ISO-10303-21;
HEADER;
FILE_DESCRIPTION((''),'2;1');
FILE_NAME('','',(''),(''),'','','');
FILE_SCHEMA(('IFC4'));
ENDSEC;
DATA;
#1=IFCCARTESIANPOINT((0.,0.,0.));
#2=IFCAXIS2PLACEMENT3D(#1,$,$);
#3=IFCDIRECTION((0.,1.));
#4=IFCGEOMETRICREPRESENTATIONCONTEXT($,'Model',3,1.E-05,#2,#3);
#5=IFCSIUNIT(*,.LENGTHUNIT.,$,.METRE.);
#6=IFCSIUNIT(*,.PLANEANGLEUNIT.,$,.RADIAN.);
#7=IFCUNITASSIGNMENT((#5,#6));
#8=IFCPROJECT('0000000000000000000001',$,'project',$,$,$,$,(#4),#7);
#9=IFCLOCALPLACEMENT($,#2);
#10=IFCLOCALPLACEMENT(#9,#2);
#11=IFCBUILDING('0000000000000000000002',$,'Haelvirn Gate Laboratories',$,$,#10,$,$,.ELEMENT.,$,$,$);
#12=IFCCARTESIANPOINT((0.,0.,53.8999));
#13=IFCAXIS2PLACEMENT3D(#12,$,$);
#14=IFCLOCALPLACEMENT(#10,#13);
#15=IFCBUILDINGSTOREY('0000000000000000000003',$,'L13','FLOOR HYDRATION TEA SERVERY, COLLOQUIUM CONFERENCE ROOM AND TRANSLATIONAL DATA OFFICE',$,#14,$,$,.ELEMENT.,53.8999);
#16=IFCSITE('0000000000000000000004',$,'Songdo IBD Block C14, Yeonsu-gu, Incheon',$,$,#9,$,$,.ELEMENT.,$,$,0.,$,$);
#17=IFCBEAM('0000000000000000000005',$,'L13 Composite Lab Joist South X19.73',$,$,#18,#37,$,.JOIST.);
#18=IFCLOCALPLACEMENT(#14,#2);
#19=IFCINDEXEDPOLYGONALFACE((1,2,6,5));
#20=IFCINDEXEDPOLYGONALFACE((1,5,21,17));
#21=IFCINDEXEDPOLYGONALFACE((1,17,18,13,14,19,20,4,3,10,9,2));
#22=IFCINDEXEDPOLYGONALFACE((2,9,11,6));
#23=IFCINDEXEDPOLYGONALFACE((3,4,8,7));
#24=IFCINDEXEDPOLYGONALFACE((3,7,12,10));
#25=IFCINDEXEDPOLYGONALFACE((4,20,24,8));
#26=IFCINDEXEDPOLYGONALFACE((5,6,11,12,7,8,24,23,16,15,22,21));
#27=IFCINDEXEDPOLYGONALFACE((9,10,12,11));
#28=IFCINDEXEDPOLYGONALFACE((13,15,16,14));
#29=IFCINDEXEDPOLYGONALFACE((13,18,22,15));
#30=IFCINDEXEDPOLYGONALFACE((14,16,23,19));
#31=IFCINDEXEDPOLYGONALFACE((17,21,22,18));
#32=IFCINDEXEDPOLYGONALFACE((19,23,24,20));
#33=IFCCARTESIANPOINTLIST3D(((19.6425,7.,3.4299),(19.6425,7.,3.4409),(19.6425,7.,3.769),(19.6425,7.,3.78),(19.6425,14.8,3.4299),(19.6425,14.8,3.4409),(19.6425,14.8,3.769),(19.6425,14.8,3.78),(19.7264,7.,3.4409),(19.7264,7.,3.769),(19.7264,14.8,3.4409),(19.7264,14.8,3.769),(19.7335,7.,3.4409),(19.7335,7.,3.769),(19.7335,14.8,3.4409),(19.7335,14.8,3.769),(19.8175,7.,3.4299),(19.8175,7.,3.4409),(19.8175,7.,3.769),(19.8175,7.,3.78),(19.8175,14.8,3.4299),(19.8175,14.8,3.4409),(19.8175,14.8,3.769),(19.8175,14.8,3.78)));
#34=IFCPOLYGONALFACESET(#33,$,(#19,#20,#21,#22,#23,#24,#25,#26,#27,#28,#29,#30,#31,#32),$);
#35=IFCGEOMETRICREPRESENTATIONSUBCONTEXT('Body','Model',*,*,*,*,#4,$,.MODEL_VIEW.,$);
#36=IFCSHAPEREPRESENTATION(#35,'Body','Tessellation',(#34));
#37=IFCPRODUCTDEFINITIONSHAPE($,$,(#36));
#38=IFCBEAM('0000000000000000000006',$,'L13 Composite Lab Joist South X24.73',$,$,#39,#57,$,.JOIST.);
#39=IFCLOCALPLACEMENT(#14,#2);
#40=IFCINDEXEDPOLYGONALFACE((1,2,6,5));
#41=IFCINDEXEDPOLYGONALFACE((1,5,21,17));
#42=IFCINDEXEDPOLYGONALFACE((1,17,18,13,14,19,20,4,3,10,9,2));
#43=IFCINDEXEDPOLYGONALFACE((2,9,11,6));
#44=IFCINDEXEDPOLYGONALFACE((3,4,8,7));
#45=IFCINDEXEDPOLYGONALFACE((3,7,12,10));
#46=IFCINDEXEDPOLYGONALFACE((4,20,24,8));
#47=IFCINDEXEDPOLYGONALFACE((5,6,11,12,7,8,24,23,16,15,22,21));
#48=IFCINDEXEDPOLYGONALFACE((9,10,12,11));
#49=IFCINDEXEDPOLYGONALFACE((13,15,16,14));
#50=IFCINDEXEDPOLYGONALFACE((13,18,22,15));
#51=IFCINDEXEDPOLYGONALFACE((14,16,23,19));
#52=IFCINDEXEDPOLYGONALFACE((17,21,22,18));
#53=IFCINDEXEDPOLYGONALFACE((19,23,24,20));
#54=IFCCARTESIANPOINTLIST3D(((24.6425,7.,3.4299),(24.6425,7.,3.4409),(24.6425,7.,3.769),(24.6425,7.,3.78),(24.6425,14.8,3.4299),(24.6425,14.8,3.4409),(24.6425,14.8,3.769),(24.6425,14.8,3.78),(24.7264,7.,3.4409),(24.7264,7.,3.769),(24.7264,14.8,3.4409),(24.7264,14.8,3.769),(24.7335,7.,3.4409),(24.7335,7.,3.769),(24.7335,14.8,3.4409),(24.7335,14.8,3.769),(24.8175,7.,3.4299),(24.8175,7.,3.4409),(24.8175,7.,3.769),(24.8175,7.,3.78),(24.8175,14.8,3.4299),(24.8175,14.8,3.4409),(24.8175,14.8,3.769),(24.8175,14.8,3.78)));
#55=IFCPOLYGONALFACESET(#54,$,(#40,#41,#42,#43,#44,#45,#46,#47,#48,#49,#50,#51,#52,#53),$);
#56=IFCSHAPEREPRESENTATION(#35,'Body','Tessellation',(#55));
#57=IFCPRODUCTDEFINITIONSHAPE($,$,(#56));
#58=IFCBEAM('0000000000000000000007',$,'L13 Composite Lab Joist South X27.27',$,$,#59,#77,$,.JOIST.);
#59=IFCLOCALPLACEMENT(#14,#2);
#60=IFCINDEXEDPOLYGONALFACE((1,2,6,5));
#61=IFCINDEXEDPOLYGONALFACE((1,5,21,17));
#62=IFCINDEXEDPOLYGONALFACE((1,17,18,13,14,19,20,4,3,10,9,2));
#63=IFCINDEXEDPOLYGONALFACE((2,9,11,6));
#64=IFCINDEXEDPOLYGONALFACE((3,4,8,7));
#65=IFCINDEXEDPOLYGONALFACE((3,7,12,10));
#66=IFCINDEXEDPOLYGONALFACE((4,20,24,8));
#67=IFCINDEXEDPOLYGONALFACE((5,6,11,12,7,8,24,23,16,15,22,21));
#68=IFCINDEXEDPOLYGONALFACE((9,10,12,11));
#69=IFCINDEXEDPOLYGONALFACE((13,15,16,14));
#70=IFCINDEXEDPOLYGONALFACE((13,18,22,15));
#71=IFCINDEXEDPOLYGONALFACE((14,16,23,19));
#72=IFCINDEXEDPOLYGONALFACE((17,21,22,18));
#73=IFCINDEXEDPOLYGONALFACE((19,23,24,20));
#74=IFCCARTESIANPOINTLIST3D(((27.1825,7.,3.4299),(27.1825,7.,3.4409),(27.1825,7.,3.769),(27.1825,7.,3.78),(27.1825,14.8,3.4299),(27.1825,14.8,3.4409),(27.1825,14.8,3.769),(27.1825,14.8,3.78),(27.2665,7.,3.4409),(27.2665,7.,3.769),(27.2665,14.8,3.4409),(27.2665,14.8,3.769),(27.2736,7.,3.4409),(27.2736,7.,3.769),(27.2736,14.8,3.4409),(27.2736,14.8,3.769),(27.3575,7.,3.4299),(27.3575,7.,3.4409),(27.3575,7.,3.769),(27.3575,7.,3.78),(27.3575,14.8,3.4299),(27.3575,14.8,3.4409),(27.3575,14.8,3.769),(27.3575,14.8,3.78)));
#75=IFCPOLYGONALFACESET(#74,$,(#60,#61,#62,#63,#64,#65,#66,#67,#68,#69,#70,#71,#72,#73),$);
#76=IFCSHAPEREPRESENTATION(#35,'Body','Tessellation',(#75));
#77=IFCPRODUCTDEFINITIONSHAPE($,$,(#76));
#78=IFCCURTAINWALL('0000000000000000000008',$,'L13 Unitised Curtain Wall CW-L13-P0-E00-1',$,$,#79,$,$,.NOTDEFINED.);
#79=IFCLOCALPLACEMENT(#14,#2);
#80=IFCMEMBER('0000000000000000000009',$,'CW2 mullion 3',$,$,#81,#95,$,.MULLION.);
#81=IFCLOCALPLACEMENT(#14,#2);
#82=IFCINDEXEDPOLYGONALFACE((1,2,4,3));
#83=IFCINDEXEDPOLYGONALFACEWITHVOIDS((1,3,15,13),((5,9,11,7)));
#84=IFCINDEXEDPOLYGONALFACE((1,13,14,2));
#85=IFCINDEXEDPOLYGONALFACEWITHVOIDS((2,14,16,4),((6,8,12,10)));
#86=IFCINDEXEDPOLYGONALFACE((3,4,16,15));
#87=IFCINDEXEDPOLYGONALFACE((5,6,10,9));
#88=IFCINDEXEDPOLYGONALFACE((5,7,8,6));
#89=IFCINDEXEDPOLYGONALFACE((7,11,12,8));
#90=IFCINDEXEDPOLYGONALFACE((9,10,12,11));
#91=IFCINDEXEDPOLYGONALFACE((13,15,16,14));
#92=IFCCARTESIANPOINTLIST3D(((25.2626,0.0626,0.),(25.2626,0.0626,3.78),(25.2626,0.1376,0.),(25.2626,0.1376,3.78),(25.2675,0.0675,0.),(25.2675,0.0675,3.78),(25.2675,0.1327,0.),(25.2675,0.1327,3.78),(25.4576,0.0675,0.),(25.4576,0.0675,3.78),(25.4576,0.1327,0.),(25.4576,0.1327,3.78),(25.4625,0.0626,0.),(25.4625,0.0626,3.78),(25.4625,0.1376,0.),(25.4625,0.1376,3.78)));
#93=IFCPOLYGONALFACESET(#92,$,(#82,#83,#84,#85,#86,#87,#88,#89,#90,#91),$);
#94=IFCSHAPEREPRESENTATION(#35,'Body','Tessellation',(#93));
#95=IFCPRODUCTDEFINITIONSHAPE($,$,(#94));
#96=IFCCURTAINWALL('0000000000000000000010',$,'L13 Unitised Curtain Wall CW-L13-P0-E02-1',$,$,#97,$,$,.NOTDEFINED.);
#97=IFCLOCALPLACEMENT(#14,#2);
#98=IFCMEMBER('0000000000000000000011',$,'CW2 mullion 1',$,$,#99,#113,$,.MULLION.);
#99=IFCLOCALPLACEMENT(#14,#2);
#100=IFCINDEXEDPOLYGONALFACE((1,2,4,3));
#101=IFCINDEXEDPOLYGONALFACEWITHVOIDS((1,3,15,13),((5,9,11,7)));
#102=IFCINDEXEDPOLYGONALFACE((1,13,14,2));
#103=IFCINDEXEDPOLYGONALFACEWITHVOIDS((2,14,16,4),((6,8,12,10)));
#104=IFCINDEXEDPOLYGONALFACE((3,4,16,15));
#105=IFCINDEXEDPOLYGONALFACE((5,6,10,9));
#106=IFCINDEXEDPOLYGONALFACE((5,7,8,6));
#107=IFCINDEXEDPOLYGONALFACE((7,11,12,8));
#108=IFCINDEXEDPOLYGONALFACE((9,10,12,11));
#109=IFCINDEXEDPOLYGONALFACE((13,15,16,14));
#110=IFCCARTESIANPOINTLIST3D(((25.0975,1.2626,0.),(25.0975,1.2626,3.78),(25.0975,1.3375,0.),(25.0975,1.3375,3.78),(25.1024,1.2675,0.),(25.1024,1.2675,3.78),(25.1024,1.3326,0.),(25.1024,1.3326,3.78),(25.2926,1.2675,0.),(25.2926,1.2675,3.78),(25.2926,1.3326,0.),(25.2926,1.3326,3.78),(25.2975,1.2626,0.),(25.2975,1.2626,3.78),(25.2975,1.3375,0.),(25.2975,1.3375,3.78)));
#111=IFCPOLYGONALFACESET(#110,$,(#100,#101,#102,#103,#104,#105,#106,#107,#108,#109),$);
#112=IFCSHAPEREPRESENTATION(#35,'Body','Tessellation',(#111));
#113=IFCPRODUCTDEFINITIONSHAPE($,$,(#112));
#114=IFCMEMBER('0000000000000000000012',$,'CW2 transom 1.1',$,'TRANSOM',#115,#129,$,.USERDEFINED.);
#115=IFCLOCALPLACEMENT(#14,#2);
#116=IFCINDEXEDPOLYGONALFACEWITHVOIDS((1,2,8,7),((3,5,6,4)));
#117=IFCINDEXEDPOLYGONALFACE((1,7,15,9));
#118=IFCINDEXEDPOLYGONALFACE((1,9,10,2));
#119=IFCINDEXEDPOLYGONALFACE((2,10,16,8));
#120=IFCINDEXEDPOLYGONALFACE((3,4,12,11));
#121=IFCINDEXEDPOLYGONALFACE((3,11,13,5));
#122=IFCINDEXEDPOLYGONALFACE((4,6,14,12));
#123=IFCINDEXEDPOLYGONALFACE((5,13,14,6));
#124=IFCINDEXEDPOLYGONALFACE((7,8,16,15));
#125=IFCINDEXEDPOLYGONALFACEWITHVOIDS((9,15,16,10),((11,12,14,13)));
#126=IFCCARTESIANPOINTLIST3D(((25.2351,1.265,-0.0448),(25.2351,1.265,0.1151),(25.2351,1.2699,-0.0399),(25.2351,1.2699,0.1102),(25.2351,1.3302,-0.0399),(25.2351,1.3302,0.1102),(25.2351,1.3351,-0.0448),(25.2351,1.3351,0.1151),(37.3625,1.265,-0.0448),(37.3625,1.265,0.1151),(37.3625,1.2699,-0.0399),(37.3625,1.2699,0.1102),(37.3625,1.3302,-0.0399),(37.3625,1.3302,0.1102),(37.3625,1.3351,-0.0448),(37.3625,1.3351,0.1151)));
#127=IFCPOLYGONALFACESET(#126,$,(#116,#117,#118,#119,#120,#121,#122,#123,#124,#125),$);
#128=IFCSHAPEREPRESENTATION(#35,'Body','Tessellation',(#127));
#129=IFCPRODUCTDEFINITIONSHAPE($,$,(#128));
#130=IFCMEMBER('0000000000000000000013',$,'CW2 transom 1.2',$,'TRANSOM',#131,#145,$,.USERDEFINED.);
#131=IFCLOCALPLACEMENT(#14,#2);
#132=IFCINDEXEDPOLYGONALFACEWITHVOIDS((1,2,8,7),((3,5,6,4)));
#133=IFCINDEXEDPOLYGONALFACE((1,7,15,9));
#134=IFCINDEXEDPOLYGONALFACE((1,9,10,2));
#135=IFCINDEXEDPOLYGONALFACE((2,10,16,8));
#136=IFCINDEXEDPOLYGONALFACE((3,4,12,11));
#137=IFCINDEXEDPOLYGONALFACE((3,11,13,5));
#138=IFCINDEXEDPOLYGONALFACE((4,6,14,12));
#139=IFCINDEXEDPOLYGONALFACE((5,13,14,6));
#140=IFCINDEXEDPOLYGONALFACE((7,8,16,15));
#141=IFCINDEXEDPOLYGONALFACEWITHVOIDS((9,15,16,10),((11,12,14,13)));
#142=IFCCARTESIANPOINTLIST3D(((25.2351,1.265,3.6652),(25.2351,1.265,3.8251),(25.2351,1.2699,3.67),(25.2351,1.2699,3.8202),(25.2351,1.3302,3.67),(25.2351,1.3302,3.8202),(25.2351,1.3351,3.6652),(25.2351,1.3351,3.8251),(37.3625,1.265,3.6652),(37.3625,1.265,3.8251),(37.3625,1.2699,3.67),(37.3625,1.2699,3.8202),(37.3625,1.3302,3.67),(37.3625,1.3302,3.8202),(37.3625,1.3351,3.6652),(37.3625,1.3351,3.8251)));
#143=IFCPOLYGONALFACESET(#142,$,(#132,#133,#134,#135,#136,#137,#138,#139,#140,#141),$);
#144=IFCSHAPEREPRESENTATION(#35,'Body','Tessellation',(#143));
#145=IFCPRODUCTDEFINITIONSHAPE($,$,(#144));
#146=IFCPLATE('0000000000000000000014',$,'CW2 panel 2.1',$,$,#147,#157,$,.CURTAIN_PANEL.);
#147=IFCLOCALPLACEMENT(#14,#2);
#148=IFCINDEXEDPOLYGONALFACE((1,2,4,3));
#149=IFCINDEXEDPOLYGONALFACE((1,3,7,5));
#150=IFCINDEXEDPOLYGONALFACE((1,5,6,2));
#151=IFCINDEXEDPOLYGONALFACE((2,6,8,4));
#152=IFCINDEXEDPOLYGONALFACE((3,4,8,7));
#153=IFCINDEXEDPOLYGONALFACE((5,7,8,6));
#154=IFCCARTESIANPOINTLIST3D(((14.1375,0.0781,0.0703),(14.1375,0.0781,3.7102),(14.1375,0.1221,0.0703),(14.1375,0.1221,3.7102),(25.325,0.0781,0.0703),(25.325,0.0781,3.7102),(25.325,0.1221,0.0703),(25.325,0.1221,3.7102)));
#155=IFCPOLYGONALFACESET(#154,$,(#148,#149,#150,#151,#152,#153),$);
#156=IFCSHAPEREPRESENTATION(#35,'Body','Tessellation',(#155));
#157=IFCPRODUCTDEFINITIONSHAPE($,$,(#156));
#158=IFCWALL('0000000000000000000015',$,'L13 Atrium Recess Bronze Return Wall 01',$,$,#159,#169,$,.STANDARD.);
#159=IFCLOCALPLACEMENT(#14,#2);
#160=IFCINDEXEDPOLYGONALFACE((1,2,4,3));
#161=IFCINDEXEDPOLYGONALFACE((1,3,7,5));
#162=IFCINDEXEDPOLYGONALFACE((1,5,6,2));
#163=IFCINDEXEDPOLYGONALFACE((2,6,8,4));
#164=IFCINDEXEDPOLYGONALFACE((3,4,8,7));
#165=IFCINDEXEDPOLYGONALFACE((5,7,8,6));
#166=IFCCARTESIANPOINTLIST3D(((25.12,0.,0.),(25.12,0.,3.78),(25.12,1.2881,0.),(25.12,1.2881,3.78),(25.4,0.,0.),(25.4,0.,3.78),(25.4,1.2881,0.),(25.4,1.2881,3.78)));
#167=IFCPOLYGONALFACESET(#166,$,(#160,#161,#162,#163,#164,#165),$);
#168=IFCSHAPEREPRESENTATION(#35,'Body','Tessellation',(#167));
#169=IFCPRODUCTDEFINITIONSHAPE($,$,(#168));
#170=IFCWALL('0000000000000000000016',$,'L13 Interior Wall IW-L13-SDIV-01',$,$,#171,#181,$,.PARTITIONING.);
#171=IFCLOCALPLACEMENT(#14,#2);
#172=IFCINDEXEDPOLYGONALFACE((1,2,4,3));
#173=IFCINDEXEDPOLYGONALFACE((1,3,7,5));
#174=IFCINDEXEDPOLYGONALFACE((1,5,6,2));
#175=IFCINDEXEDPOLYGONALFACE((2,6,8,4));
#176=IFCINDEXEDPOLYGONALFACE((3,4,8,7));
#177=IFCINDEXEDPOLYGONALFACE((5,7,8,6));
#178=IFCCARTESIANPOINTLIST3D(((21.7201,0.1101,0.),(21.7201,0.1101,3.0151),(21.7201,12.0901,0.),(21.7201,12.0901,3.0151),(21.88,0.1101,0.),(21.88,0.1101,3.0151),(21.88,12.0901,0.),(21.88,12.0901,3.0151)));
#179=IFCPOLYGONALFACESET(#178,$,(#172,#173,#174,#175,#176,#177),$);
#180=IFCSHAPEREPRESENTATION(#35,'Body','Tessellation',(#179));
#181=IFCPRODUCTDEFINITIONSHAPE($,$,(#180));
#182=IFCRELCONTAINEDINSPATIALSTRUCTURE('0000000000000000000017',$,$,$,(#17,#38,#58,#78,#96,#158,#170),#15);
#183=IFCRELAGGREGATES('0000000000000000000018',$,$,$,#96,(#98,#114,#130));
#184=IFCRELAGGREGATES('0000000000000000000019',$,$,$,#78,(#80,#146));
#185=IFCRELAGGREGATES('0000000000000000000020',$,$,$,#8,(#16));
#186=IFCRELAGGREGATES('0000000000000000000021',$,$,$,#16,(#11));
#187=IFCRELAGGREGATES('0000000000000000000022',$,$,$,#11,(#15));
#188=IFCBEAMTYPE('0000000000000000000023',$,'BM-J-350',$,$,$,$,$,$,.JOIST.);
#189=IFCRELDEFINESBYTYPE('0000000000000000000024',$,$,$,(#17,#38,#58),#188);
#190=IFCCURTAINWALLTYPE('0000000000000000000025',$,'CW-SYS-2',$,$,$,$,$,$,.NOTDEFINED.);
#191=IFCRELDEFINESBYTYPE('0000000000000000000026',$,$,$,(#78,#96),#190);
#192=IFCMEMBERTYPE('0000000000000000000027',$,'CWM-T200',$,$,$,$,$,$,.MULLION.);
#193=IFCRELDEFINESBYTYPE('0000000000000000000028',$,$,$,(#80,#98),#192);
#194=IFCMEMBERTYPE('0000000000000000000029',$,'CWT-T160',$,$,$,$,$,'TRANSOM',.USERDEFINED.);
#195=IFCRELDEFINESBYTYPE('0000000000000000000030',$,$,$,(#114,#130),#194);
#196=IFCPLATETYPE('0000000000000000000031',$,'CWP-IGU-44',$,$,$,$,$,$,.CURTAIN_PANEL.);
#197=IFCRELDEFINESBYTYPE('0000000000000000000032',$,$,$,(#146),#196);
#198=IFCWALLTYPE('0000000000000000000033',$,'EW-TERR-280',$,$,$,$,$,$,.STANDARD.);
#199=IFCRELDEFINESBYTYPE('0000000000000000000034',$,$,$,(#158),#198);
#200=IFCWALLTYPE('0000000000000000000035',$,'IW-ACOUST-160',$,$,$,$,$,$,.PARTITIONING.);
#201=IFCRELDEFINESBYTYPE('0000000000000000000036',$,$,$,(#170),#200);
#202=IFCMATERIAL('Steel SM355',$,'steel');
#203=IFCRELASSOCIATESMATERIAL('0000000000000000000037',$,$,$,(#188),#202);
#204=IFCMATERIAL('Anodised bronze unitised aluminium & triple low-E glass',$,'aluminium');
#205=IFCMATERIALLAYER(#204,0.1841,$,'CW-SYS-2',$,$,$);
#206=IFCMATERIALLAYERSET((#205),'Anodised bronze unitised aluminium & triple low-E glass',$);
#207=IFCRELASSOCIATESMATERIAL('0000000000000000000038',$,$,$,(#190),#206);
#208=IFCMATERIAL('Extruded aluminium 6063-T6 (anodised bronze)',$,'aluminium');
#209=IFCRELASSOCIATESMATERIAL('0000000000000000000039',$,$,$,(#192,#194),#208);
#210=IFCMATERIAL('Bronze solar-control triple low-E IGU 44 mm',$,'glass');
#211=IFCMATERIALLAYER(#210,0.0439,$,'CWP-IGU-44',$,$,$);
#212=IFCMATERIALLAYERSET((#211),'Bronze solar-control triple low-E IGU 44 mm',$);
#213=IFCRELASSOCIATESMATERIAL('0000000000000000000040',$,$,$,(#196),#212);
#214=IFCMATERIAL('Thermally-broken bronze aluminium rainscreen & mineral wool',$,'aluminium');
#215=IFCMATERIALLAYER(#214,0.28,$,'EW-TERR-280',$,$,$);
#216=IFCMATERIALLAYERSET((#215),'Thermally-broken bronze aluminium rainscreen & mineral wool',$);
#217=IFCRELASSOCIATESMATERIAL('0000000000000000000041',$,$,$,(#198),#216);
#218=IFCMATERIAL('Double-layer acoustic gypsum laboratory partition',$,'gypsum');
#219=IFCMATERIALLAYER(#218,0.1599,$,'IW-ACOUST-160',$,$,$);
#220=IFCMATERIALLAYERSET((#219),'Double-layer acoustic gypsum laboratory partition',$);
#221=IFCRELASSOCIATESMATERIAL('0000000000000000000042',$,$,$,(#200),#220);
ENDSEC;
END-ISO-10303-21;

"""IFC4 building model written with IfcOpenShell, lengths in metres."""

from ifc_helpers import new_model, si_unit, direction, frame, frame_2d, origin, origin_2d, place, context, subcontext, project, spatial, rectangle, hollow_rectangle, i_section, extrude, source, transform, mapped, material, layer, layer_set, material_profile, profile_set, type_object, type_shapes, element, aggregate, save


model = new_model("IFC4")

# Units and contexts
model_context = context("Model", 3, precision=1e-05, world=origin(), true_north=direction((0.0, 1.0)))
body_context = subcontext(model_context, "Body", "Model", "MODEL_VIEW")
ifc_project = project(units=[si_unit("LENGTHUNIT", "METRE"), si_unit("PLANEANGLEUNIT", "RADIAN")], contexts=[model_context])

# Site, building, storey
site_placement = place(None, origin())
site = spatial("IfcSite", under=ifc_project, at=site_placement, Name="Songdo IBD Block C14, Yeonsu-gu, Incheon", CompositionType="ELEMENT", RefElevation=0.0)
building_placement = place(site_placement, origin())
building = spatial("IfcBuilding", under=site, at=building_placement, Name="Haelvirn Gate Laboratories", CompositionType="ELEMENT")
storey_placement = place(building_placement, frame((0.0, 0.0, 53.8999)))
storey = spatial("IfcBuildingStorey", under=building, at=storey_placement, Name="L13", Description="FLOOR HYDRATION TEA SERVERY, COLLOQUIUM CONFERENCE ROOM AND TRANSLATIONAL DATA OFFICE", CompositionType="ELEMENT", Elevation=53.8999)

# Beams
ifc_material_1 = material(Name="Steel SM355", Category="steel")
ifc_material_profile_1 = material_profile(ifc_material_1, i_section(OverallWidth=0.175, OverallDepth=0.3501, WebThickness=0.0071, FlangeThickness=0.011, at=origin_2d()), Name="H-350x175x7x11")
ifc_profile_set_1 = profile_set([ifc_material_profile_1], Name="Steel SM355")
beam_type_1 = type_object("IfcBeamType", Name="BM-J-350", PredefinedType="JOIST", material=ifc_profile_set_1)
shared_shape_1 = source(origin(), body_context, "Body", "SweptSolid", [
    extrude(i_section(OverallWidth=0.175, OverallDepth=0.3501, WebThickness=0.0071, FlangeThickness=0.011, at=origin_2d()), origin(), (0.0, 0.0, 1.0), 7.8),
])
type_shapes(beam_type_1, [shared_shape_1])
for number, where, z_axis, x_axis, name in (
    (1, (19.73, 7.0, 3.605), (0.0, 1.0, 0.0), (-1.0, 0.0, 0.0), "L13 Composite Lab Joist South X19.73"),
    (2, (24.73, 7.0, 3.605), (0.0, 1.0, 0.0), (-1.0, 0.0, 0.0), "L13 Composite Lab Joist South X24.73"),
    (3, (27.27, 7.0, 3.605), (0.0, 1.0, 0.0), (-1.0, 0.0, 0.0), "L13 Composite Lab Joist South X27.27"),
):
    element("IfcBeam", number, at=place(storey_placement, frame(where, z_axis=z_axis, x_axis=x_axis)), inside=storey, type_object=beam_type_1, Name=name, PredefinedType="JOIST", context=body_context, shape_type="MappedRepresentation", body=[
        mapped(shared_shape_1, transform((0.0, 0.0, 0.0), scale=1.0)),
    ])

# Curtain wall, member
ifc_material_2 = material(Name="Anodised bronze unitised aluminium & triple low-E glass", Category="aluminium")
ifc_layer_1 = layer(ifc_material_2, 0.1841, Name="CW-SYS-2")
ifc_layer_set_1 = layer_set([ifc_layer_1], Name="Anodised bronze unitised aluminium & triple low-E glass")
curtain_wall_type = type_object("IfcCurtainWallType", Name="CW-SYS-2", PredefinedType="NOTDEFINED", material=ifc_layer_set_1)
curtain_wall_1_placement = place(storey_placement, origin())
curtain_wall_1 = element("IfcCurtainWall", 4, at=curtain_wall_1_placement, inside=storey, type_object=curtain_wall_type, Name="L13 Unitised Curtain Wall CW-L13-P0-E00-1", PredefinedType="NOTDEFINED")
ifc_material_3 = material(Name="Extruded aluminium 6063-T6 (anodised bronze)", Category="aluminium")
ifc_material_profile_2 = material_profile(ifc_material_3, hollow_rectangle(XDim=0.075, YDim=0.2, WallThickness=0.0049, at=origin_2d()), Name="CWM-200x75x5")
ifc_profile_set_2 = profile_set([ifc_material_profile_2], Name="Extruded aluminium 6063-T6 (anodised bronze)")
member_type_1 = type_object("IfcMemberType", Name="CWM-T200", PredefinedType="MULLION", material=ifc_profile_set_2)
shared_shape_2 = source(origin(), body_context, "Body", "SweptSolid", [
    extrude(hollow_rectangle(XDim=0.075, YDim=0.2, WallThickness=0.0049, at=origin_2d()), origin(), (0.0, 0.0, 1.0), 3.78),
])
type_shapes(member_type_1, [shared_shape_2])
member_1_placement = place(storey_placement, frame((25.3625, 0.1001, 0.0), z_axis=(0.0, 0.0, 1.0), x_axis=(0.0, 1.0, 0.0)))
member_1 = element("IfcMember", 5, at=member_1_placement, type_object=member_type_1, Name="CW2 mullion 3", PredefinedType="MULLION", context=body_context, shape_type="MappedRepresentation", body=[
    mapped(shared_shape_2, transform((0.0, 0.0, 0.0), scale=1.0)),
])

# Curtain wall, members
curtain_wall_2_placement = place(storey_placement, origin())
curtain_wall_2 = element("IfcCurtainWall", 6, at=curtain_wall_2_placement, inside=storey, type_object=curtain_wall_type, Name="L13 Unitised Curtain Wall CW-L13-P0-E02-1", PredefinedType="NOTDEFINED")
member_2_placement = place(storey_placement, frame((25.1975, 1.3, 0.0), z_axis=(0.0, 0.0, 1.0), x_axis=(0.0, 1.0, 0.0)))
member_2 = element("IfcMember", 7, at=member_2_placement, type_object=member_type_1, Name="CW2 mullion 1", PredefinedType="MULLION", context=body_context, shape_type="MappedRepresentation", body=[
    mapped(shared_shape_2, transform((0.0, 0.0, 0.0), scale=1.0)),
])
ifc_material_profile_3 = material_profile(ifc_material_3, hollow_rectangle(XDim=0.0701, YDim=0.1599, WallThickness=0.0049, at=origin_2d()), Name="CWT-160x70x5")
ifc_profile_set_3 = profile_set([ifc_material_profile_3], Name="Extruded aluminium 6063-T6 (anodised bronze)")
member_type_2 = type_object("IfcMemberType", Name="CWT-T160", ElementType="TRANSOM", PredefinedType="USERDEFINED", material=ifc_profile_set_3)
shared_shape_3 = source(origin(), body_context, "Body", "SweptSolid", [
    extrude(hollow_rectangle(XDim=0.0701, YDim=0.1599, WallThickness=0.0049, at=origin_2d()), origin(), (0.0, 0.0, 1.0), 12.1274),
])
type_shapes(member_type_2, [shared_shape_3])
member_3_placement = place(storey_placement, frame((25.2351, 1.3, 0.0352), z_axis=(1.0, 0.0, 0.0), x_axis=(0.0, 1.0, 0.0)))
member_3 = element("IfcMember", 8, at=member_3_placement, type_object=member_type_2, Name="CW2 transom 1.1", ObjectType="TRANSOM", PredefinedType="USERDEFINED", context=body_context, shape_type="MappedRepresentation", body=[
    mapped(shared_shape_3, transform((0.0, 0.0, 0.0), scale=1.0)),
])
member_4_placement = place(storey_placement, frame((25.2351, 1.3, 3.7451), z_axis=(1.0, 0.0, 0.0), x_axis=(0.0, 1.0, 0.0)))
member_4 = element("IfcMember", 9, at=member_4_placement, type_object=member_type_2, Name="CW2 transom 1.2", ObjectType="TRANSOM", PredefinedType="USERDEFINED", context=body_context, shape_type="MappedRepresentation", body=[
    mapped(shared_shape_3, transform((0.0, 0.0, 0.0), scale=1.0)),
])
aggregate(curtain_wall_2, [member_2, member_3, member_4])

# Plate
ifc_material_4 = material(Name="Bronze solar-control triple low-E IGU 44 mm", Category="glass")
ifc_layer_2 = layer(ifc_material_4, 0.0439, Name="CWP-IGU-44")
ifc_layer_set_2 = layer_set([ifc_layer_2], Name="Bronze solar-control triple low-E IGU 44 mm")
plate_type = type_object("IfcPlateType", Name="CWP-IGU-44", PredefinedType="CURTAIN_PANEL", material=ifc_layer_set_2)
shared_shape_4 = source(origin(), body_context, "Body", "SweptSolid", [
    extrude(rectangle(XDim=11.1875, YDim=0.0439, at=origin_2d()), origin(), (0.0, 0.0, 1.0), 3.6399),
])
type_shapes(plate_type, [shared_shape_4])
plate_placement = place(storey_placement, frame((19.7312, 0.1001, 0.0703), z_axis=(0.0, 0.0, 1.0), x_axis=(1.0, 0.0, 0.0)))
plate = element("IfcPlate", 10, at=plate_placement, type_object=plate_type, Name="CW2 panel 2.1", PredefinedType="CURTAIN_PANEL", context=body_context, shape_type="MappedRepresentation", body=[
    mapped(shared_shape_4, transform((0.0, 0.0, 0.0), scale=1.0)),
])
aggregate(curtain_wall_1, [member_1, plate])

# Walls
ifc_material_5 = material(Name="Thermally-broken bronze aluminium rainscreen & mineral wool", Category="aluminium")
ifc_layer_3 = layer(ifc_material_5, 0.28, Name="EW-TERR-280")
ifc_layer_set_3 = layer_set([ifc_layer_3], Name="Thermally-broken bronze aluminium rainscreen & mineral wool")
wall_type_1 = type_object("IfcWallType", Name="EW-TERR-280", PredefinedType="STANDARD", material=ifc_layer_set_3)
wall_1_placement = place(storey_placement, frame((25.26, 0.0, 0.0), z_axis=(0.0, 0.0, 1.0), x_axis=(0.0, 1.0, 0.0)))
element("IfcWall", 11, at=wall_1_placement, inside=storey, type_object=wall_type_1, Name="L13 Atrium Recess Bronze Return Wall 01", PredefinedType="STANDARD", context=body_context, shape_type="SweptSolid", body=[
    extrude(rectangle(XDim=1.2881, YDim=0.28, at=frame_2d((0.644, 0.0))), origin(), (0.0, 0.0, 1.0), 3.78),
])
ifc_material_6 = material(Name="Double-layer acoustic gypsum laboratory partition", Category="gypsum")
ifc_layer_4 = layer(ifc_material_6, 0.1599, Name="IW-ACOUST-160")
ifc_layer_set_4 = layer_set([ifc_layer_4], Name="Double-layer acoustic gypsum laboratory partition")
wall_type_2 = type_object("IfcWallType", Name="IW-ACOUST-160", PredefinedType="PARTITIONING", material=ifc_layer_set_4)
wall_2_placement = place(storey_placement, frame((21.8, 0.1101, 0.0), z_axis=(0.0, 0.0, 1.0), x_axis=(0.0, 1.0, 0.0)))
element("IfcWall", 12, at=wall_2_placement, inside=storey, type_object=wall_type_2, Name="L13 Interior Wall IW-L13-SDIV-01", PredefinedType="PARTITIONING", context=body_context, shape_type="SweptSolid", body=[
    extrude(rectangle(XDim=11.98, YDim=0.1599, at=frame_2d((5.99, 0.0))), origin(), (0.0, 0.0, 1.0), 3.0151),
])

save(model, "model.ifc")
